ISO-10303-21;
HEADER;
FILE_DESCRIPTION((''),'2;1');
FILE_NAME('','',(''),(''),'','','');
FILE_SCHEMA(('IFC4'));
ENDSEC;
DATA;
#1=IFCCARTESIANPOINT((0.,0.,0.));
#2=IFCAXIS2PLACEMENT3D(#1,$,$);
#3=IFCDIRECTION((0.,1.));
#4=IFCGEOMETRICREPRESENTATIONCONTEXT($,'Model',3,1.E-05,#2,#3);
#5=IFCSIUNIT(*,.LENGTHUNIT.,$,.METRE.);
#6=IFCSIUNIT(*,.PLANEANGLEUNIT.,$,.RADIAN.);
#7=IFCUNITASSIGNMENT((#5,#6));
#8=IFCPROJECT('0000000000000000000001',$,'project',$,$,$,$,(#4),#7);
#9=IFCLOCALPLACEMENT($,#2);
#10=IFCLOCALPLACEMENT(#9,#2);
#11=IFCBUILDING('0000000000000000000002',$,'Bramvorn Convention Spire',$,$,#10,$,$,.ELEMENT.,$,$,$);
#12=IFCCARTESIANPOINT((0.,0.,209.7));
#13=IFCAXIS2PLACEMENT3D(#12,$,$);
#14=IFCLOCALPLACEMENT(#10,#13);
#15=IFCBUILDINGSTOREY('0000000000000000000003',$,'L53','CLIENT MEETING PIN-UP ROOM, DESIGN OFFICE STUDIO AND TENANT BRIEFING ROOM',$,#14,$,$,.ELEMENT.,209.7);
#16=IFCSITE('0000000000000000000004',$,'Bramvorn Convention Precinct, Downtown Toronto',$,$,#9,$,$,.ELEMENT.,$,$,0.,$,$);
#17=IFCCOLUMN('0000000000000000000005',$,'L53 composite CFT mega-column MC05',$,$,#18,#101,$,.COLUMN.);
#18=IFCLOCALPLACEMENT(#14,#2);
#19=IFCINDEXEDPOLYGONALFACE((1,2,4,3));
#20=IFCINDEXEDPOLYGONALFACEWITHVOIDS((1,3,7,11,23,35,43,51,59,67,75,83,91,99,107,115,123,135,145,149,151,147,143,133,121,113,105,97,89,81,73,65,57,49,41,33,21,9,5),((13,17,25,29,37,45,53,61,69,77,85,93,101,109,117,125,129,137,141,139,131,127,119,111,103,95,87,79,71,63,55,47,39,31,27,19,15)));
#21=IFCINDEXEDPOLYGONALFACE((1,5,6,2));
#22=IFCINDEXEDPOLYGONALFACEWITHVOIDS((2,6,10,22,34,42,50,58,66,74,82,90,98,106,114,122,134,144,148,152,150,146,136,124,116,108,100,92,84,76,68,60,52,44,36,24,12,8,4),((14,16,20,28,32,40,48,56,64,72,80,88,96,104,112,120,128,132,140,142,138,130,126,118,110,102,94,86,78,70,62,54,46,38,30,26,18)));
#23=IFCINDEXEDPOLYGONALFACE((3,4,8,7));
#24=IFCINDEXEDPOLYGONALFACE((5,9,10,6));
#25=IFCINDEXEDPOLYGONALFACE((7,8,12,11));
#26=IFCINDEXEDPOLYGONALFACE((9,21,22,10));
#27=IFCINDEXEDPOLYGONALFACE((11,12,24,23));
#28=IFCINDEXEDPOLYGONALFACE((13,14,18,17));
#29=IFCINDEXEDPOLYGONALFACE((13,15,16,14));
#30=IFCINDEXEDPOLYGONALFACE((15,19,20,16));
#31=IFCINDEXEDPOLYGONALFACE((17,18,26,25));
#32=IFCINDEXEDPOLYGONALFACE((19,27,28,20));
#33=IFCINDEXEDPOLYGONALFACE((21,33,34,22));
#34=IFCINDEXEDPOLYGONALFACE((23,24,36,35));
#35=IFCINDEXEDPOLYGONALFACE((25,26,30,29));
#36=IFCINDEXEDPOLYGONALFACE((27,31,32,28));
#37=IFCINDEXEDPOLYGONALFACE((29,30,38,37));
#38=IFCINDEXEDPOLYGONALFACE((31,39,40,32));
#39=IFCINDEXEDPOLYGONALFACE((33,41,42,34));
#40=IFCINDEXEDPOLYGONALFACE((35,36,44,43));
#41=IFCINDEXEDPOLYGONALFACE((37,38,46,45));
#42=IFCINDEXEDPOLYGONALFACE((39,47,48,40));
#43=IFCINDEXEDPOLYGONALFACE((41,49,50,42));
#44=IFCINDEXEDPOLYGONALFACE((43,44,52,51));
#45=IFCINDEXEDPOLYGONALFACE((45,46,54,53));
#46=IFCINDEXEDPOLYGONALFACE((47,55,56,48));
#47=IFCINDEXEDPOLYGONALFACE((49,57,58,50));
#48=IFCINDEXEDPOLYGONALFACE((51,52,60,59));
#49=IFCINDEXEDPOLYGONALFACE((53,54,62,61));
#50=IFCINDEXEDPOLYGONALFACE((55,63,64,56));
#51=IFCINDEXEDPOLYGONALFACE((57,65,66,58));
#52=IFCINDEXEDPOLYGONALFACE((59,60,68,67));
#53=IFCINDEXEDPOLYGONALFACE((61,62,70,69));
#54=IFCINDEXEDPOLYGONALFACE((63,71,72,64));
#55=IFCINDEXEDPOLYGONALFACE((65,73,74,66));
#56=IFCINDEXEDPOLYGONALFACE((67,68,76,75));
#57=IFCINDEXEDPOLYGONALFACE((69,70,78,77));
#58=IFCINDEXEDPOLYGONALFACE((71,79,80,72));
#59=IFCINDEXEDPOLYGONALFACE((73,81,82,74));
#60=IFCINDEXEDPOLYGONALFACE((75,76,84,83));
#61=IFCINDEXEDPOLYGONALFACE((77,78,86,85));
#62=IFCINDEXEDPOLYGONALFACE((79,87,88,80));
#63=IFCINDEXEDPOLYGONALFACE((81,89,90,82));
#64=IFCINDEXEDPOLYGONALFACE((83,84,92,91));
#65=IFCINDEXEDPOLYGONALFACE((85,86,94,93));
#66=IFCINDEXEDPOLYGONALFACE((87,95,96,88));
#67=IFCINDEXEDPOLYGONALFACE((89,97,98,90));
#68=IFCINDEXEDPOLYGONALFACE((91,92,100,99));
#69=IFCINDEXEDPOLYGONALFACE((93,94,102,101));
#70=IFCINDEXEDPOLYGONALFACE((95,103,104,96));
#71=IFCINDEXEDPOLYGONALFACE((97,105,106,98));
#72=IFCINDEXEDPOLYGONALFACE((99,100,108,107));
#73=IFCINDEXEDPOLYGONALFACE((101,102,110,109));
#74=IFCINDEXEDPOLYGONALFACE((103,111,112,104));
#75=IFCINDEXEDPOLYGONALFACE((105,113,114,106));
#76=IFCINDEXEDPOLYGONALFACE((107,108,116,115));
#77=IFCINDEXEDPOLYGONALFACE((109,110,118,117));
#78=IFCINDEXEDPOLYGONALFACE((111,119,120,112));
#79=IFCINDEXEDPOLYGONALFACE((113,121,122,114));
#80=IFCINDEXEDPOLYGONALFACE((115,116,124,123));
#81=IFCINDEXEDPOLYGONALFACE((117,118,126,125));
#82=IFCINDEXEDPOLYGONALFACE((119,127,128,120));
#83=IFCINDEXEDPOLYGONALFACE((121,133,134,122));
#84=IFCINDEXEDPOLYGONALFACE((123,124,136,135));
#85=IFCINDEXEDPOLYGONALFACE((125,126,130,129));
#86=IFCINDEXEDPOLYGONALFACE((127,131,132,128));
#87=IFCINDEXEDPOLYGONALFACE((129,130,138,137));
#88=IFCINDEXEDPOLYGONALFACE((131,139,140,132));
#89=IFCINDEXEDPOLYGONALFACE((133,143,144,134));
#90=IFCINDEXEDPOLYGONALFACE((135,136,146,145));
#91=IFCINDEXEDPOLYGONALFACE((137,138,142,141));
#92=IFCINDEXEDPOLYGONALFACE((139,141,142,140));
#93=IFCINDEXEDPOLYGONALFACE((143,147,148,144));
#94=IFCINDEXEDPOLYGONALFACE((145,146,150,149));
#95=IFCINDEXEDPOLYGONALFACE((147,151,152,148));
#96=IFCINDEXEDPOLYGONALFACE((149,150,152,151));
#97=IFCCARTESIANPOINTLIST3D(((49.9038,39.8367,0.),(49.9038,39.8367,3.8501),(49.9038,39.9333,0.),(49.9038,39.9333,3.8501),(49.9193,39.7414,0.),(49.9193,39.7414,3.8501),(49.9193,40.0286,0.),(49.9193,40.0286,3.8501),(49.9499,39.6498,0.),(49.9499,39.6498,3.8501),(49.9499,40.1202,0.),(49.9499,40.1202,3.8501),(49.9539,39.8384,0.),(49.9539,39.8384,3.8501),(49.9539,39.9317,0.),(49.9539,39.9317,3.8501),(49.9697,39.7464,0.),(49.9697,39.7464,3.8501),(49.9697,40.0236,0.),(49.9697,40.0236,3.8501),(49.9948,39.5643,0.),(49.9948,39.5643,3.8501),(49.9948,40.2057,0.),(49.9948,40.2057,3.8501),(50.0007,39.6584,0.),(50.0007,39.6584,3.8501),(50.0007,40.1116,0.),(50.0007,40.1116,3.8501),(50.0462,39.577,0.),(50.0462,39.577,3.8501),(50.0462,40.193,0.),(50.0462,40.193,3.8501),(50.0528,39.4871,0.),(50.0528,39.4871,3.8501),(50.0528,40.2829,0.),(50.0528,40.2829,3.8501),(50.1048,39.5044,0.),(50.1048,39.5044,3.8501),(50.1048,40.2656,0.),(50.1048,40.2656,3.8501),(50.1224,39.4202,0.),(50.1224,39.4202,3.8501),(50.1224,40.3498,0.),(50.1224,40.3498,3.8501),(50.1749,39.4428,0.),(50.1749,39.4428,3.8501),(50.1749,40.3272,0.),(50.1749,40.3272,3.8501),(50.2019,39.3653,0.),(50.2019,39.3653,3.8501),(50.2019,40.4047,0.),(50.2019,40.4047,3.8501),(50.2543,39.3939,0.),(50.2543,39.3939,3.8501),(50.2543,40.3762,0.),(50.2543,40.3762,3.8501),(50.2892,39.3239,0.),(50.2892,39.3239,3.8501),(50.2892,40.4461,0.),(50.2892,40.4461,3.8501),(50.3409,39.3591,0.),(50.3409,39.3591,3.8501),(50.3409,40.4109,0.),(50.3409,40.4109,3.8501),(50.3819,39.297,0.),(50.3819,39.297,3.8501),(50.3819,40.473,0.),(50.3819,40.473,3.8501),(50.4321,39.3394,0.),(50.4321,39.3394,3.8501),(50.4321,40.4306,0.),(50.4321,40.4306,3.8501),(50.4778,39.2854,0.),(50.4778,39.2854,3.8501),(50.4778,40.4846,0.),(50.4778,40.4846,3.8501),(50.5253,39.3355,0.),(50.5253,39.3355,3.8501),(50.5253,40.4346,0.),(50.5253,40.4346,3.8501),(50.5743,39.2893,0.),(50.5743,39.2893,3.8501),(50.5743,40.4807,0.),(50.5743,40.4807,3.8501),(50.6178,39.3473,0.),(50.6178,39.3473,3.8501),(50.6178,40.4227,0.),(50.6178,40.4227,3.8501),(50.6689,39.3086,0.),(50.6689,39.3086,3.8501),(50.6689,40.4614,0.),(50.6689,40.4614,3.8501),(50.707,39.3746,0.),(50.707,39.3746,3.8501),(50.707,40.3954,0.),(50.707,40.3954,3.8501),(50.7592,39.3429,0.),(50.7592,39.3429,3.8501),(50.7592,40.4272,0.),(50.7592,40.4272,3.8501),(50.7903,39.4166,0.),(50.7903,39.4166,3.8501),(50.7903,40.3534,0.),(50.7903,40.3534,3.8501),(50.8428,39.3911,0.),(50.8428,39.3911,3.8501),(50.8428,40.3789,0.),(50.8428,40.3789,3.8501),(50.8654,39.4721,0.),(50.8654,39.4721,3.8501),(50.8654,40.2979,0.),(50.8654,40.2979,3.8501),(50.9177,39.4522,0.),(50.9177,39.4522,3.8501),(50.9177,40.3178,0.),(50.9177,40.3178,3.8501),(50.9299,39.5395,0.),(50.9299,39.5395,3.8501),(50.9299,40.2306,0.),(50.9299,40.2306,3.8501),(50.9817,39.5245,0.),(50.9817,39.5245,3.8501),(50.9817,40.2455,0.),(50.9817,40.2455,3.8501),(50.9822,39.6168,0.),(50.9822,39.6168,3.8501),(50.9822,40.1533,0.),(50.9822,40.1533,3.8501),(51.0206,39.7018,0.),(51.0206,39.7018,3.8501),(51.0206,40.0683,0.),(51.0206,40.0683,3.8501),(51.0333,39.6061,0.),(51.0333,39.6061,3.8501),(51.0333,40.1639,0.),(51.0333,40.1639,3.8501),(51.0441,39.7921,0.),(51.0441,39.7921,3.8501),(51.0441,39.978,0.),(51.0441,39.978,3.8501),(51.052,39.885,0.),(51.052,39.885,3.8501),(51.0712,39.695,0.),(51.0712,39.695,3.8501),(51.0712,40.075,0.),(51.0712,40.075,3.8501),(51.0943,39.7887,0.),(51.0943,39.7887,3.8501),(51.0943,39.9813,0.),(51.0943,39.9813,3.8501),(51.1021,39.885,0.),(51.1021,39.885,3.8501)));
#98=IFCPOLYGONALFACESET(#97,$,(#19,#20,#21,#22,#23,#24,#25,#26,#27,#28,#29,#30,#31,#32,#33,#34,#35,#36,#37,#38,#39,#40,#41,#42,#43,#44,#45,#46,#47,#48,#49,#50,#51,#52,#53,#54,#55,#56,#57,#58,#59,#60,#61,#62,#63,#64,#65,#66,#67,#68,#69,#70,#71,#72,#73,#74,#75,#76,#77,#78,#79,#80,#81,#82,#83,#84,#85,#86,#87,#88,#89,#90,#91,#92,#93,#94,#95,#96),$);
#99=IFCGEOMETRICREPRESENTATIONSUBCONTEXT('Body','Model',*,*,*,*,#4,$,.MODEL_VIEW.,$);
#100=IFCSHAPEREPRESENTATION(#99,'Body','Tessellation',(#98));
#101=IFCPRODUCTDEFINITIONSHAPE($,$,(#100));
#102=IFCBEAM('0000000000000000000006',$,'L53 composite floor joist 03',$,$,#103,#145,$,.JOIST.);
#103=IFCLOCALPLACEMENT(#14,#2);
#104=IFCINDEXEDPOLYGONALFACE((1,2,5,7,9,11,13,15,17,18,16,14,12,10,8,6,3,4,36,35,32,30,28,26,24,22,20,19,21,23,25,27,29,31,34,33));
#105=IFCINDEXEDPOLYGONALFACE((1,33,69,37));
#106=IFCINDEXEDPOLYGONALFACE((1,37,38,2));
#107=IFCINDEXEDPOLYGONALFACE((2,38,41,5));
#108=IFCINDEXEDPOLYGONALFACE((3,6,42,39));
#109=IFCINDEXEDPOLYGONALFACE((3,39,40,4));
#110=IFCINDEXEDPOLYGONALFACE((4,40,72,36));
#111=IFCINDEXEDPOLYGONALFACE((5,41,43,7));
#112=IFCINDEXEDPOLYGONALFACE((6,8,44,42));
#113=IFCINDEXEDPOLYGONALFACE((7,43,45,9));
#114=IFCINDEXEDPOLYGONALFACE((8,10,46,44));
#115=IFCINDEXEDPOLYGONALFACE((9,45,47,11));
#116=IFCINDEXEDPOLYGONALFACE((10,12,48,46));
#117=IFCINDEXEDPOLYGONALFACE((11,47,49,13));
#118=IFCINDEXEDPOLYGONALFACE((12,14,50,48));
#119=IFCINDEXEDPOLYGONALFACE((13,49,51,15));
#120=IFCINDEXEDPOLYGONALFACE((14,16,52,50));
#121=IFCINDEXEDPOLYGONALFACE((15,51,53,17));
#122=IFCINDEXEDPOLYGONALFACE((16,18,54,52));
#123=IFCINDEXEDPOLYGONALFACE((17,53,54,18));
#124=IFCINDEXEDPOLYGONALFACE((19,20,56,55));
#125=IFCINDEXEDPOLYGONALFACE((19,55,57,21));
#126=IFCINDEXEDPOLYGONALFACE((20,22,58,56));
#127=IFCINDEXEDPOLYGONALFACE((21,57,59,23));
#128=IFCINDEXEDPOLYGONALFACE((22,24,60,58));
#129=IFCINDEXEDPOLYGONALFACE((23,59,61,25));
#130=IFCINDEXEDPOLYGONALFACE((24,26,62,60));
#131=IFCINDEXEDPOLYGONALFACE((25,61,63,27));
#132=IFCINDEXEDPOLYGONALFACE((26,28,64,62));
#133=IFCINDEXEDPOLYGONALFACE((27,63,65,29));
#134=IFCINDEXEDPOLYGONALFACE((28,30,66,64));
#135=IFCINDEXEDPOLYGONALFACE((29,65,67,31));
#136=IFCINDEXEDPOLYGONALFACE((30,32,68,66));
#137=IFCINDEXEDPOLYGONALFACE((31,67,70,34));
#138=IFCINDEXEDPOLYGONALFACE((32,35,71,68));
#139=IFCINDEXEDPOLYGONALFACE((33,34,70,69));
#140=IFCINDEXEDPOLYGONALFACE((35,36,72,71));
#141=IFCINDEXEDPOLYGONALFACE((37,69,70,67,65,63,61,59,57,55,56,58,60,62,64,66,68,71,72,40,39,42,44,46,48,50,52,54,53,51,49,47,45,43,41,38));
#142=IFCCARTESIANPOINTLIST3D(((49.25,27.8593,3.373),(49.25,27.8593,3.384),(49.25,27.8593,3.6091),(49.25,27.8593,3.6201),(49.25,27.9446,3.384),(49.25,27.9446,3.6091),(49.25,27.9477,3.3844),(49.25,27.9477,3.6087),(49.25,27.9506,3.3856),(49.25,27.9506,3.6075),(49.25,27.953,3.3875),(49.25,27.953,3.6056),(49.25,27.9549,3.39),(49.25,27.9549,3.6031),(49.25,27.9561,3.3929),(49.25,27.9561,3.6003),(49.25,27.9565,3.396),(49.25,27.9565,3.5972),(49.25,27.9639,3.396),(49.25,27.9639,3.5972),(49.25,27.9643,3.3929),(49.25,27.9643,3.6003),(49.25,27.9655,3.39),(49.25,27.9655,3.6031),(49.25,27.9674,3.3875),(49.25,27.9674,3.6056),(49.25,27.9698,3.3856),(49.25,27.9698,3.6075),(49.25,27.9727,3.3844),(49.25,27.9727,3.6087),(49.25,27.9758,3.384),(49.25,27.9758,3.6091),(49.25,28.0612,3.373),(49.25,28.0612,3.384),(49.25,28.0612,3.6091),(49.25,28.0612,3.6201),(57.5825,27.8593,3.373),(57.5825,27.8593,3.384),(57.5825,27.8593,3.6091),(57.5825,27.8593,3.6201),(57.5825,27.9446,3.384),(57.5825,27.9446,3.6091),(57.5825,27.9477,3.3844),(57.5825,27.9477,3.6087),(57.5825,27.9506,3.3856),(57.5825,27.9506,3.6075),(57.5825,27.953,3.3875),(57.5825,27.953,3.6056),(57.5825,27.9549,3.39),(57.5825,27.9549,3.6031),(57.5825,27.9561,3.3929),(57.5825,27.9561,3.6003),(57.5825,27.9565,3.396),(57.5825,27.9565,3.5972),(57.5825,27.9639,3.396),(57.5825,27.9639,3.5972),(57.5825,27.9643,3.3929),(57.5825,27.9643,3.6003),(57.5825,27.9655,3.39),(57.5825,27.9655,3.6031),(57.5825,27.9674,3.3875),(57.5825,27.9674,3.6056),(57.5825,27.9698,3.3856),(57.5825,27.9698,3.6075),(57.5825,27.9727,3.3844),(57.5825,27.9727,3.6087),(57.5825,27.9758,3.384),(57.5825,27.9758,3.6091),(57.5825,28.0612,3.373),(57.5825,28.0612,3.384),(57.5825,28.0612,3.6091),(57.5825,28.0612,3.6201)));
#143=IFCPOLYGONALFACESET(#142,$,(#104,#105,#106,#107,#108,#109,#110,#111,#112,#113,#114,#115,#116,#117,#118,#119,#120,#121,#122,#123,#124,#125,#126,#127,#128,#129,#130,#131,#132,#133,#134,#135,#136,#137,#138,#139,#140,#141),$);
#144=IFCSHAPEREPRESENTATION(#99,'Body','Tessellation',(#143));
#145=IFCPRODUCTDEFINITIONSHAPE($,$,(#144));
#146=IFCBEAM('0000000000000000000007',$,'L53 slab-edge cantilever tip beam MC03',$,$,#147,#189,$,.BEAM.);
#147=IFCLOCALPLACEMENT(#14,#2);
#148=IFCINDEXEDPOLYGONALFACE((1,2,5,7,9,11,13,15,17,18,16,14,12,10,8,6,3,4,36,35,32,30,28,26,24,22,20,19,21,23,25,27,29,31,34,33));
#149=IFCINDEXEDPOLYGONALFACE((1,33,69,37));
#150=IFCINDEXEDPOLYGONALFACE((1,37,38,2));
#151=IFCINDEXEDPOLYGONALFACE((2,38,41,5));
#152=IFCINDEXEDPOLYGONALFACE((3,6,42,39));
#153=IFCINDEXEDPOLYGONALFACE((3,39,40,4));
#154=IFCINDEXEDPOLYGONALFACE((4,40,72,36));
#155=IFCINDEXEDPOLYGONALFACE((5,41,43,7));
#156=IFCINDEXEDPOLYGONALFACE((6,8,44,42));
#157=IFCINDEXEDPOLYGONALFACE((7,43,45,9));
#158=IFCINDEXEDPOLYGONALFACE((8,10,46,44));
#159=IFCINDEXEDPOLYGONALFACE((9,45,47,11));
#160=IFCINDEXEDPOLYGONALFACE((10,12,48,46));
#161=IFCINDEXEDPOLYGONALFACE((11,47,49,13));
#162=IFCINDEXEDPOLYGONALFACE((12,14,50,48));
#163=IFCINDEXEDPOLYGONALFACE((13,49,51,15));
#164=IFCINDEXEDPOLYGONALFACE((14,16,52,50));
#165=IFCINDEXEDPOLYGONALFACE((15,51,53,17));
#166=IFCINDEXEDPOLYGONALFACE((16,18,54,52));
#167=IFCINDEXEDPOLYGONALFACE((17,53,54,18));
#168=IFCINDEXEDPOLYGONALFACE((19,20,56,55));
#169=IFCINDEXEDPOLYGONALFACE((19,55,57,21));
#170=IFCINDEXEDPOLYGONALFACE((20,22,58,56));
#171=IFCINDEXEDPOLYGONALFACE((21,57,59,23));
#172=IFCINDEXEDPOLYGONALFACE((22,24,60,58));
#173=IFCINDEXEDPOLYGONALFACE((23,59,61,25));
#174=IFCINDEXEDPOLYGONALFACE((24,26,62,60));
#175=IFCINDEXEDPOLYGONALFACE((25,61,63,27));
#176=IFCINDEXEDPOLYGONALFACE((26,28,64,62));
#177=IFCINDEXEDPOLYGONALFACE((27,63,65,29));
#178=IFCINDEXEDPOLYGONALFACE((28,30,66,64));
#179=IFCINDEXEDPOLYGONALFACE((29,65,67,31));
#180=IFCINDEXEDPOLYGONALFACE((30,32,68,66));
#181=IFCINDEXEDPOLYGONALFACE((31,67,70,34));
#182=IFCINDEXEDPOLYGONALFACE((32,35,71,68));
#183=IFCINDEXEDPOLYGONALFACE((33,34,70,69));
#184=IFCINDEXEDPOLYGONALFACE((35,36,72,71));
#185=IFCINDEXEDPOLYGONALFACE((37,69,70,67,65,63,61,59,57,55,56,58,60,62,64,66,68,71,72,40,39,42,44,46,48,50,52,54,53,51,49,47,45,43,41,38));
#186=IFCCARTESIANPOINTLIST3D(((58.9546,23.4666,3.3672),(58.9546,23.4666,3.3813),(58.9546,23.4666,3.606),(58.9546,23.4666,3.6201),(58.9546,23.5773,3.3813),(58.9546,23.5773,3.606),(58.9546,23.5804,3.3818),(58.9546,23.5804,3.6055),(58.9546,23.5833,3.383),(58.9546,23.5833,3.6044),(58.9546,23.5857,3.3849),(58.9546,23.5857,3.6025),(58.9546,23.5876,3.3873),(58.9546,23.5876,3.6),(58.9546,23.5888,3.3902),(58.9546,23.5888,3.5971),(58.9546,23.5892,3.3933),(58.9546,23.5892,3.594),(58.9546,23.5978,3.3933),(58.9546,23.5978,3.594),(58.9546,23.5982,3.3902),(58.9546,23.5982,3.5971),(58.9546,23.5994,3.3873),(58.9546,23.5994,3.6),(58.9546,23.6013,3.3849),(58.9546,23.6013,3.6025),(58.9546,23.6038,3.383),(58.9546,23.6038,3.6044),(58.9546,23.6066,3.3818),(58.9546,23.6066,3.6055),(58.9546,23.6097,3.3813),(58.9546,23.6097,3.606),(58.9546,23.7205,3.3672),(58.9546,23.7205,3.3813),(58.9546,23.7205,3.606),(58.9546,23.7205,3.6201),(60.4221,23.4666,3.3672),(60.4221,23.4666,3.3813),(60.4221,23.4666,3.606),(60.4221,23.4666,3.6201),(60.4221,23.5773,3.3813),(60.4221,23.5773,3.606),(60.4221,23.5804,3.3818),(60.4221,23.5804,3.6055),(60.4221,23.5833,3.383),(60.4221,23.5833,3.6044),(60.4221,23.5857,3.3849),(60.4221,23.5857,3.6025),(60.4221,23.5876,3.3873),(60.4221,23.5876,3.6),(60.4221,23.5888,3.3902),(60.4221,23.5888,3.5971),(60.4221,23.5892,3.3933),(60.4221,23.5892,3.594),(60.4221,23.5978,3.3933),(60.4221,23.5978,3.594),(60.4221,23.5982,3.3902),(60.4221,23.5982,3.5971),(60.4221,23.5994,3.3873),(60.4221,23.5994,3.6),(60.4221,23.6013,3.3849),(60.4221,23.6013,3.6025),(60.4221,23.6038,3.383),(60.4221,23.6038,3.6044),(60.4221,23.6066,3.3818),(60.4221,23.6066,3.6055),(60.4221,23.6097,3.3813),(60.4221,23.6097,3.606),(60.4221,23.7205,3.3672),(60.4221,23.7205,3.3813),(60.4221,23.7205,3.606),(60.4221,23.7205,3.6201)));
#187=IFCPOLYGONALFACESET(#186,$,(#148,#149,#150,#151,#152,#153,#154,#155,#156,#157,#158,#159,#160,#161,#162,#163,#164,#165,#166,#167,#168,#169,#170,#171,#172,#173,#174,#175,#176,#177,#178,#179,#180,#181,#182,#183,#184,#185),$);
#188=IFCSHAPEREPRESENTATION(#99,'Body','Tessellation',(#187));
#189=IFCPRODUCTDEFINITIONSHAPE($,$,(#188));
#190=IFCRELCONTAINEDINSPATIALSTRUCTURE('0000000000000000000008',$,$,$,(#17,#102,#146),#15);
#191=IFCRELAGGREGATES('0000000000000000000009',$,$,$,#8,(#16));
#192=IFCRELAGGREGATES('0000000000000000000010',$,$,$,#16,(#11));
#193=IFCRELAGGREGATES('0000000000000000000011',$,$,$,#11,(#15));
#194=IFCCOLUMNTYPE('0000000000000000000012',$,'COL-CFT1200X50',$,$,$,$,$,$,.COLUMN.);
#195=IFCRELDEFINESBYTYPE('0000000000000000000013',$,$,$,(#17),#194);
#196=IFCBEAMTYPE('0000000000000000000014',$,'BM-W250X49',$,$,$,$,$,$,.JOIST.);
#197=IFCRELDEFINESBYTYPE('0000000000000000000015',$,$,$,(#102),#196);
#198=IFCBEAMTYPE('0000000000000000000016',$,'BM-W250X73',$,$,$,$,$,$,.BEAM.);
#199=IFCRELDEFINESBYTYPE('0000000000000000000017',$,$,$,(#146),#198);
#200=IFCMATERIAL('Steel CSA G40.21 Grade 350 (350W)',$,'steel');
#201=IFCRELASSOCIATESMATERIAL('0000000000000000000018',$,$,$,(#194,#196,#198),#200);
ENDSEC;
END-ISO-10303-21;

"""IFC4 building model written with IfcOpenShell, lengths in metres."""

from ifc_helpers import new_model, si_unit, direction, frame, origin, origin_2d, place, context, subcontext, project, spatial, hollow_circle, i_section, extrude, material, material_profile, profile_set, type_object, element, save


model = new_model("IFC4")

# Units and contexts
model_context = context("Model", 3, precision=1e-05, world=origin(), true_north=direction((0.0, 1.0)))
body_context = subcontext(model_context, "Body", "Model", "MODEL_VIEW")
ifc_project = project(units=[si_unit("LENGTHUNIT", "METRE"), si_unit("PLANEANGLEUNIT", "RADIAN")], contexts=[model_context])

# Site, building, storey
site_placement = place(None, origin())
site = spatial("IfcSite", under=ifc_project, at=site_placement, Name="Bramvorn Convention Precinct, Downtown Toronto", CompositionType="ELEMENT", RefElevation=0.0)
building_placement = place(site_placement, origin())
building = spatial("IfcBuilding", under=site, at=building_placement, Name="Bramvorn Convention Spire", CompositionType="ELEMENT")
storey_placement = place(building_placement, frame((0.0, 0.0, 209.7)))
storey = spatial("IfcBuildingStorey", under=building, at=storey_placement, Name="L53", Description="CLIENT MEETING PIN-UP ROOM, DESIGN OFFICE STUDIO AND TENANT BRIEFING ROOM", CompositionType="ELEMENT", Elevation=209.7)

# Column
ifc_material_1 = material(Name="Steel CSA G40.21 Grade 350 (350W)", Category="steel")
ifc_material_profile_1 = material_profile(ifc_material_1, hollow_circle(Radius=0.6001, WallThickness=0.05, at=origin_2d()))
ifc_profile_set_1 = profile_set([ifc_material_profile_1], Name="Steel CSA G40.21 Grade 350 (350W) - CFT1200X50")
column_type = type_object("IfcColumnType", Name="COL-CFT1200X50", PredefinedType="COLUMN", material=ifc_profile_set_1)
for number, where, z_axis, x_axis, name in (
    (1, (50.502, 39.885, 0.0), (0.0, 0.0, 1.0), (1.0, 0.0, 0.0), "L53 composite CFT mega-column MC05"),
):
    element("IfcColumn", number, at=place(storey_placement, frame(where, z_axis=z_axis, x_axis=x_axis)), inside=storey, type_object=column_type, Name=name, PredefinedType="COLUMN", context=body_context, shape_type="SweptSolid", body=[
        extrude(hollow_circle(Radius=0.6001, WallThickness=0.05, at=origin_2d()), origin(), (0.0, 0.0, 1.0), 3.8501),
    ])

# Beams
ifc_material_profile_2 = material_profile(ifc_material_1, i_section(OverallWidth=0.2019, OverallDepth=0.2471, WebThickness=0.0073, FlangeThickness=0.011, FilletRadius=0.012, at=origin_2d()))
ifc_profile_set_2 = profile_set([ifc_material_profile_2], Name="Steel CSA G40.21 Grade 350 (350W) - W250X49")
beam_type_1 = type_object("IfcBeamType", Name="BM-W250X49", PredefinedType="JOIST", material=ifc_profile_set_2)
beam_1_placement = place(storey_placement, frame((49.25, 27.9602, 3.4966), z_axis=(1.0, 0.0, 0.0), x_axis=(0.0, 1.0, 0.0)))
element("IfcBeam", 2, at=beam_1_placement, inside=storey, type_object=beam_type_1, Name="L53 composite floor joist 03", PredefinedType="JOIST", context=body_context, shape_type="SweptSolid", body=[
    extrude(i_section(OverallWidth=0.2019, OverallDepth=0.2471, WebThickness=0.0073, FlangeThickness=0.011, FilletRadius=0.012, at=origin_2d()), origin(), (0.0, 0.0, 1.0), 8.3325),
])
ifc_material_profile_3 = material_profile(ifc_material_1, i_section(OverallWidth=0.2539, OverallDepth=0.2529, WebThickness=0.0085, FlangeThickness=0.0142, FilletRadius=0.012, at=origin_2d()))
ifc_profile_set_3 = profile_set([ifc_material_profile_3], Name="Steel CSA G40.21 Grade 350 (350W) - W250X73")
beam_type_2 = type_object("IfcBeamType", Name="BM-W250X73", PredefinedType="BEAM", material=ifc_profile_set_3)
beam_2_placement = place(storey_placement, frame((58.9546, 23.5935, 3.4937), z_axis=(1.0, 0.0, 0.0), x_axis=(0.0, 1.0, 0.0)))
element("IfcBeam", 3, at=beam_2_placement, inside=storey, type_object=beam_type_2, Name="L53 slab-edge cantilever tip beam MC03", PredefinedType="BEAM", context=body_context, shape_type="SweptSolid", body=[
    extrude(i_section(OverallWidth=0.2539, OverallDepth=0.2529, WebThickness=0.0085, FlangeThickness=0.0142, FilletRadius=0.012, at=origin_2d()), origin(), (0.0, 0.0, 1.0), 1.4675),
])

save(model, "model.ifc")
